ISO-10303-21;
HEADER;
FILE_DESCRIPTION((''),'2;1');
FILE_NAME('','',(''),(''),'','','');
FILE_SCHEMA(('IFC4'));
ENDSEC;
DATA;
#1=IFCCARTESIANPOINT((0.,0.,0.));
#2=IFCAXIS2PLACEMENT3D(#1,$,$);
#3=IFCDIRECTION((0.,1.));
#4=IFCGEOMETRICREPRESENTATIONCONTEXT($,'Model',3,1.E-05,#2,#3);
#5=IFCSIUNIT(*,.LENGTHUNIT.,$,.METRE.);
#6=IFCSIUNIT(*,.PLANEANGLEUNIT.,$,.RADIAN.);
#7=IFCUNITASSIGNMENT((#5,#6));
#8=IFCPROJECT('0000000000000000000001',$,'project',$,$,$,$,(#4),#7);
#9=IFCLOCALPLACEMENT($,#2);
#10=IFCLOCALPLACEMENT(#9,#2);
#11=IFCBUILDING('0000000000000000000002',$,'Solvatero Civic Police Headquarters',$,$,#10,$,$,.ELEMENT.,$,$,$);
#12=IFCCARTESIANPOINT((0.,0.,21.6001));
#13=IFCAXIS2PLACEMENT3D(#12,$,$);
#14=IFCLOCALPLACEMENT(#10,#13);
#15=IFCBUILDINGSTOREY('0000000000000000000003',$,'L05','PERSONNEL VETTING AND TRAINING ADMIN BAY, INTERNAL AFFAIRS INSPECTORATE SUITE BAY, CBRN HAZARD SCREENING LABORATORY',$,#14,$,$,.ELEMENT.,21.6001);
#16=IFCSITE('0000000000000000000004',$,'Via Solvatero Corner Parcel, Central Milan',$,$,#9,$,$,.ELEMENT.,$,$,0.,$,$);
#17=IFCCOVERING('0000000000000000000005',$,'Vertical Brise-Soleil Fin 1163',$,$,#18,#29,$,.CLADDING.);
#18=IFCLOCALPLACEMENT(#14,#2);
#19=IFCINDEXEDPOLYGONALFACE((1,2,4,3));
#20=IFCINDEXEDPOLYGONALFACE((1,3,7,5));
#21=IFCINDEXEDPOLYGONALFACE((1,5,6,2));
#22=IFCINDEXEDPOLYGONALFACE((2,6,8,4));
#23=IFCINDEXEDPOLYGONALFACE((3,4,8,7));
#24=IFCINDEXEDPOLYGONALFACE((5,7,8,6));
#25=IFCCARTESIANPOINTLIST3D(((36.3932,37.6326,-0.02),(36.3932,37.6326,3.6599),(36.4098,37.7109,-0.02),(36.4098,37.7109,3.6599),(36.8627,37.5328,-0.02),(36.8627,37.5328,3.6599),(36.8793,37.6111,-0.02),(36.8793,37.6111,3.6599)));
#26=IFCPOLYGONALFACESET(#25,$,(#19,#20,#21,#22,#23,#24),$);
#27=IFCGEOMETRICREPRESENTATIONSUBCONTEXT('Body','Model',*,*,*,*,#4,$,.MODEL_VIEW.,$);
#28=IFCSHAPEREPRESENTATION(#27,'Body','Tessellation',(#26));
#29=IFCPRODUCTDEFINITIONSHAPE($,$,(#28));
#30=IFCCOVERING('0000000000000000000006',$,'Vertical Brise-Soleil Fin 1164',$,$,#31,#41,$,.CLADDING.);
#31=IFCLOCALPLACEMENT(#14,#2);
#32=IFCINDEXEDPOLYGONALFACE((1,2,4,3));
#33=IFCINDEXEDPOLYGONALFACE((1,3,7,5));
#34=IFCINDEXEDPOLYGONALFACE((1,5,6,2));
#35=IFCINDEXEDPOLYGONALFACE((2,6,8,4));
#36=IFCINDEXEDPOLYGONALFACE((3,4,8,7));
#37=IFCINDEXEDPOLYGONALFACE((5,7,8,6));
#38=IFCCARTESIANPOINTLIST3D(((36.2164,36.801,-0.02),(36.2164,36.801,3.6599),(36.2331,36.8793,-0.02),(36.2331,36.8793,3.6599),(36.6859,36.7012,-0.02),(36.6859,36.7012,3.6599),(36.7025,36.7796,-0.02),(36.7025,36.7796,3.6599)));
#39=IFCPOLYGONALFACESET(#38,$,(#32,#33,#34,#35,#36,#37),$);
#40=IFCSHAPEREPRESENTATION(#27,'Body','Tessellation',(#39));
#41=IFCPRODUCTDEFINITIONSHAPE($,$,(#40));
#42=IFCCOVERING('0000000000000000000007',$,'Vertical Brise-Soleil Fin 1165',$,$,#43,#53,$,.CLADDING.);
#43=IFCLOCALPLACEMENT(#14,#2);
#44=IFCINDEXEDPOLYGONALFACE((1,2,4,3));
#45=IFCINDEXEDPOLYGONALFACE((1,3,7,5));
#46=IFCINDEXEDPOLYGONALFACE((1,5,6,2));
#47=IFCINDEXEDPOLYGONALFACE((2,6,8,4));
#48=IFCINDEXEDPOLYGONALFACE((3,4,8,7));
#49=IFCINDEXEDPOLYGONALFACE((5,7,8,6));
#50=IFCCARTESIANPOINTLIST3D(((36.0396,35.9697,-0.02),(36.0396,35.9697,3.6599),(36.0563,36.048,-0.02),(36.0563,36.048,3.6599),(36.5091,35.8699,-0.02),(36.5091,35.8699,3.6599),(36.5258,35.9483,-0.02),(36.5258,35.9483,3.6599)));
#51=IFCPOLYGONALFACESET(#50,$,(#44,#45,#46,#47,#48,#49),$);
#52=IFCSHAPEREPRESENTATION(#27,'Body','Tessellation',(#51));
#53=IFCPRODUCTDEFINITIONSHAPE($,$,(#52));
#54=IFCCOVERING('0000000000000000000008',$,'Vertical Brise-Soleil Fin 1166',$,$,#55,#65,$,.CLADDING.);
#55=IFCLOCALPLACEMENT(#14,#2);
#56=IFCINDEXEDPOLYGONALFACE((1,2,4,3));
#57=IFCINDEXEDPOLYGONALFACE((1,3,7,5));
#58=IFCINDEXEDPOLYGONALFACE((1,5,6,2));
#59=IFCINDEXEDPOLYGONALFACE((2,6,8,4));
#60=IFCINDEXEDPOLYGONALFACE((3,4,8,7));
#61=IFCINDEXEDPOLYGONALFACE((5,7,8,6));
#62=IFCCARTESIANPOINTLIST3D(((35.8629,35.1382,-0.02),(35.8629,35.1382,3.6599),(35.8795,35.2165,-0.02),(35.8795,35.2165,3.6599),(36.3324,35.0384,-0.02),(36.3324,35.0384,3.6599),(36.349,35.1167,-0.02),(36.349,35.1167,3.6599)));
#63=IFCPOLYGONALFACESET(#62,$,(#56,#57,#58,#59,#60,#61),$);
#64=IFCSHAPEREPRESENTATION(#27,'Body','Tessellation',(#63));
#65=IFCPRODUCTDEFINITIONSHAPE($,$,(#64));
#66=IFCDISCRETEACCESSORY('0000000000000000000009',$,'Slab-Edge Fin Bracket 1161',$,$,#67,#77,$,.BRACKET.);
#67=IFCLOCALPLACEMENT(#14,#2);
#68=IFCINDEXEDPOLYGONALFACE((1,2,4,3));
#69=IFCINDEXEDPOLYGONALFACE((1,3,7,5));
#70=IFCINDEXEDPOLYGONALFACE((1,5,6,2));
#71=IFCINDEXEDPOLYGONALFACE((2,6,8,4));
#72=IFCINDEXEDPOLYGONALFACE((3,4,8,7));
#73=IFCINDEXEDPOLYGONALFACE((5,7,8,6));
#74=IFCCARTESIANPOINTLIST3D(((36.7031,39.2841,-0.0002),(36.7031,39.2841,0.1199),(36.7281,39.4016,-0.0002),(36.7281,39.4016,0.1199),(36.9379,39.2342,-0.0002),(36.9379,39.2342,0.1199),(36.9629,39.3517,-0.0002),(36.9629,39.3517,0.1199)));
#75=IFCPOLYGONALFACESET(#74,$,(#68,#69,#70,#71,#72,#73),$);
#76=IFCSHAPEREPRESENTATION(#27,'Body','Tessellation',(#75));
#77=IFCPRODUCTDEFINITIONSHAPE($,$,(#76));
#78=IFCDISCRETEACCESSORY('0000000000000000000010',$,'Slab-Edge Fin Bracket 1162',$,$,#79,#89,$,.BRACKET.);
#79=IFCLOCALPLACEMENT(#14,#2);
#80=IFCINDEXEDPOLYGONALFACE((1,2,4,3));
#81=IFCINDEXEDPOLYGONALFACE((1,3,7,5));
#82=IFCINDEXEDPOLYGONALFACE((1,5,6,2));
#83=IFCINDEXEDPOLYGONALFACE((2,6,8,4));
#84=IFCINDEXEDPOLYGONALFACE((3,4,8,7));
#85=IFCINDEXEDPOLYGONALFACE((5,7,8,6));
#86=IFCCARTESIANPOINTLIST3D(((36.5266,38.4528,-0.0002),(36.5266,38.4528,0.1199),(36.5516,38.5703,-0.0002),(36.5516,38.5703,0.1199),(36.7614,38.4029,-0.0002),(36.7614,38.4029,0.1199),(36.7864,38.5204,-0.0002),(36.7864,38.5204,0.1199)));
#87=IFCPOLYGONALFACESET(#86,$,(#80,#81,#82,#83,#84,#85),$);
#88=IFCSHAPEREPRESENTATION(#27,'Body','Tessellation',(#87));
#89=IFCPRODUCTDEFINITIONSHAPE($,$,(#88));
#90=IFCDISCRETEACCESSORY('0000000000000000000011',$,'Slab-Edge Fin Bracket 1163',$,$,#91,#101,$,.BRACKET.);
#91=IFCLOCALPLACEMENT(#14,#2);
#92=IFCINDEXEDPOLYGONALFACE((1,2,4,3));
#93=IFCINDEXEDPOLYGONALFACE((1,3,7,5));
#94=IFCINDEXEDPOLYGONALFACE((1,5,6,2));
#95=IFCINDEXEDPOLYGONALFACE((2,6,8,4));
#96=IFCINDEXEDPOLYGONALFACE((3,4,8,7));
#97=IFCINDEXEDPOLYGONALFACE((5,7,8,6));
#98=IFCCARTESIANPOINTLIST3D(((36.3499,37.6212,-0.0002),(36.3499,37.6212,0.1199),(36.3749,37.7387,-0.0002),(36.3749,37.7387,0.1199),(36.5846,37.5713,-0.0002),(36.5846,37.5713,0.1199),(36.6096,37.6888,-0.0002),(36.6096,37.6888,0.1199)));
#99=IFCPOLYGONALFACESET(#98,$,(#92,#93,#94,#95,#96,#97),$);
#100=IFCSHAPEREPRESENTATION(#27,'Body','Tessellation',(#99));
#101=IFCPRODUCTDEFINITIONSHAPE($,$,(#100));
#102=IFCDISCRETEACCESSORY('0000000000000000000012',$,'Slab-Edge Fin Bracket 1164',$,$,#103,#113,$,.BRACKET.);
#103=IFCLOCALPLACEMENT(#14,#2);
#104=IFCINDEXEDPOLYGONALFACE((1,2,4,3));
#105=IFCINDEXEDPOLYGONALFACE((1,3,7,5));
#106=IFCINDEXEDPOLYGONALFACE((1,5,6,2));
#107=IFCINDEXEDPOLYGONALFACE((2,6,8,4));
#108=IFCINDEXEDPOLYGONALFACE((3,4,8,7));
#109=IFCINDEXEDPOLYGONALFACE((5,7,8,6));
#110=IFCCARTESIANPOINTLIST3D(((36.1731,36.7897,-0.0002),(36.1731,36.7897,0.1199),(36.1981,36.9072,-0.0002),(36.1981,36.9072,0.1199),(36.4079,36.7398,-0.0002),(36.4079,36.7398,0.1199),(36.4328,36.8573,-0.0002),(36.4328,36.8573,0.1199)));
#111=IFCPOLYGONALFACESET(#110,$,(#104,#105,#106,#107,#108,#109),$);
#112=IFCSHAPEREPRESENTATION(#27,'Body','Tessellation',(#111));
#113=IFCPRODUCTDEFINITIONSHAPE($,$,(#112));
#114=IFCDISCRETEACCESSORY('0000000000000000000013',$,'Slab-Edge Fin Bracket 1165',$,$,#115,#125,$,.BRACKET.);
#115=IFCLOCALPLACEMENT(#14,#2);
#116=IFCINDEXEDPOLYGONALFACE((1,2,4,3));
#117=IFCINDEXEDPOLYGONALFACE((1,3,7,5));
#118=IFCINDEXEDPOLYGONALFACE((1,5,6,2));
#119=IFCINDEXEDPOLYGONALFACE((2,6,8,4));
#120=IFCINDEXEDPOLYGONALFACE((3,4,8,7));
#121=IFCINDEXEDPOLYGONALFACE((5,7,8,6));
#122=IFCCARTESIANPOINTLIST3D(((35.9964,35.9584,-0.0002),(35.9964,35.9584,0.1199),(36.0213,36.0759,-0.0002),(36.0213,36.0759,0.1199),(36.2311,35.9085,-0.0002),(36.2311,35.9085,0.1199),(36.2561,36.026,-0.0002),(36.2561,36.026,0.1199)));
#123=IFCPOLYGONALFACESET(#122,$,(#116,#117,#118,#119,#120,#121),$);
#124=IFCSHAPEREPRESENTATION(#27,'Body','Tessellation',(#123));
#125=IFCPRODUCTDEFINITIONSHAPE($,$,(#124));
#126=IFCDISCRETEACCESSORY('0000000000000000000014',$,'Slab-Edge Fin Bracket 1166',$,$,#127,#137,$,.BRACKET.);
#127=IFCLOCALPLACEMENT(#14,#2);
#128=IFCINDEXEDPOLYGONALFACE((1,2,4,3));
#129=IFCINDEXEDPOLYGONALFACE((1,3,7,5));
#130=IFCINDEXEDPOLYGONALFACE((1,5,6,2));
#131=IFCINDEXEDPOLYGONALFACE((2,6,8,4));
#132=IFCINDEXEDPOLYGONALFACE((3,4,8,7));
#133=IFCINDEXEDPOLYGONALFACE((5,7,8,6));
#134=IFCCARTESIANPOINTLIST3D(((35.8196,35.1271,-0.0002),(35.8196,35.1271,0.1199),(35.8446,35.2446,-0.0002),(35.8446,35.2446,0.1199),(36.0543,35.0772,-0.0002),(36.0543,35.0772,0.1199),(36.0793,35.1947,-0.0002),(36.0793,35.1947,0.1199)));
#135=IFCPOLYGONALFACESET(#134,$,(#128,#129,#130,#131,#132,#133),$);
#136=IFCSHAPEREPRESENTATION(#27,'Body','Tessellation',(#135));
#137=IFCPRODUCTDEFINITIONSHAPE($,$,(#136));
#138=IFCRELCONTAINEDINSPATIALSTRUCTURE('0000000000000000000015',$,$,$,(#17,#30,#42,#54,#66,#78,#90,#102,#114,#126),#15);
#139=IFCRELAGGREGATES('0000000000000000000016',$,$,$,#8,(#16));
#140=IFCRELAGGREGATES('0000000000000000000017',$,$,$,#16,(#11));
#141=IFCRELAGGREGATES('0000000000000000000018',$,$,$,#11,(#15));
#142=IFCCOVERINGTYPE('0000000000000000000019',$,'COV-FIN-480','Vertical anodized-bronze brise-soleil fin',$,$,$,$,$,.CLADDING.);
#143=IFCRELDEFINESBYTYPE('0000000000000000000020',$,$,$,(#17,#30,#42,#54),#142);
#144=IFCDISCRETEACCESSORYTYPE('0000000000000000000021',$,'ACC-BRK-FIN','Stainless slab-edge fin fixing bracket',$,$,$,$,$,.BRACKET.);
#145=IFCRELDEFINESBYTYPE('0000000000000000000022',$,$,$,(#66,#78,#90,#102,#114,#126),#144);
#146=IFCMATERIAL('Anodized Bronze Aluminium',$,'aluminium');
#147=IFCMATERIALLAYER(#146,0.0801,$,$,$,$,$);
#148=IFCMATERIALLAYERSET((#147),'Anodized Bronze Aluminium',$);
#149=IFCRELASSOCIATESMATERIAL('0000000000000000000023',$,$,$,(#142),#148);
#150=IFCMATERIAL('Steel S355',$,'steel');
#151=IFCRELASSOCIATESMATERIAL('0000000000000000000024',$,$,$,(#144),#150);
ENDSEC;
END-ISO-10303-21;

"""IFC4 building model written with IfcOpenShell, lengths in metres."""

from ifc_helpers import new_model, si_unit, direction, frame, origin, origin_2d, place, context, subcontext, project, spatial, rectangle, extrude, material, layer, layer_set, type_object, element, save


model = new_model("IFC4")

# Units and contexts
model_context = context("Model", 3, precision=1e-05, world=origin(), true_north=direction((0.0, 1.0)))
body_context = subcontext(model_context, "Body", "Model", "MODEL_VIEW")
ifc_project = project(units=[si_unit("LENGTHUNIT", "METRE"), si_unit("PLANEANGLEUNIT", "RADIAN")], contexts=[model_context])

# Site, building, storey
site_placement = place(None, origin())
site = spatial("IfcSite", under=ifc_project, at=site_placement, Name="Via Solvatero Corner Parcel, Central Milan", CompositionType="ELEMENT", RefElevation=0.0)
building_placement = place(site_placement, origin())
building = spatial("IfcBuilding", under=site, at=building_placement, Name="Solvatero Civic Police Headquarters", CompositionType="ELEMENT")
storey_placement = place(building_placement, frame((0.0, 0.0, 21.6001)))
storey = spatial("IfcBuildingStorey", under=building, at=storey_placement, Name="L05", Description="PERSONNEL VETTING AND TRAINING ADMIN BAY, INTERNAL AFFAIRS INSPECTORATE SUITE BAY, CBRN HAZARD SCREENING LABORATORY", CompositionType="ELEMENT", Elevation=21.6001)

# Shared definitions
ifc_material_1 = material(Name="Steel S355", Category="steel")

# Shared definitions
ifc_material_2 = material(Name="Anodized Bronze Aluminium", Category="aluminium")

# Coverings
ifc_layer_1 = layer(ifc_material_2, 0.0801)
ifc_layer_set_1 = layer_set([ifc_layer_1], Name="Anodized Bronze Aluminium")
covering_type = type_object("IfcCoveringType", Name="COV-FIN-480", Description="Vertical anodized-bronze brise-soleil fin", PredefinedType="CLADDING", material=ifc_layer_set_1)
for number, where, z_axis, x_axis, name in (
    (1, (36.6362, 37.6218, -0.02), (0.0, 0.0, 1.0), (-0.207912, -0.978148, 0.0), "Vertical Brise-Soleil Fin 1163"),
    (2, (36.4595, 36.7903, -0.02), (0.0, 0.0, 1.0), (-0.207912, -0.978148, 0.0), "Vertical Brise-Soleil Fin 1164"),
    (3, (36.2827, 35.959, -0.02), (0.0, 0.0, 1.0), (-0.207912, -0.978148, 0.0), "Vertical Brise-Soleil Fin 1165"),
    (4, (36.106, 35.1274, -0.02), (0.0, 0.0, 1.0), (-0.207912, -0.978148, 0.0), "Vertical Brise-Soleil Fin 1166"),
):
    element("IfcCovering", number, at=place(storey_placement, frame(where, z_axis=z_axis, x_axis=x_axis)), inside=storey, type_object=covering_type, Name=name, PredefinedType="CLADDING", context=body_context, shape_type="SweptSolid", body=[
        extrude(rectangle(XDim=0.0801, YDim=0.48, at=origin_2d()), origin(), (0.0, 0.0, 1.0), 3.6799),
    ])

# Discrete accessories
discrete_accessory_type = type_object("IfcDiscreteAccessoryType", Name="ACC-BRK-FIN", Description="Stainless slab-edge fin fixing bracket", PredefinedType="BRACKET", material=ifc_material_1)
for number, where, z_axis, x_axis, name in (
    (5, (36.833, 39.3179, -0.0002), (0.0, 0.0, 1.0), (-0.207912, -0.978148, 0.0), "Slab-Edge Fin Bracket 1161"),
    (6, (36.6565, 38.4866, -0.0002), (0.0, 0.0, 1.0), (-0.207912, -0.978148, 0.0), "Slab-Edge Fin Bracket 1162"),
    (7, (36.4797, 37.655, -0.0002), (0.0, 0.0, 1.0), (-0.207912, -0.978148, 0.0), "Slab-Edge Fin Bracket 1163"),
    (8, (36.303, 36.8235, -0.0002), (0.0, 0.0, 1.0), (-0.207912, -0.978148, 0.0), "Slab-Edge Fin Bracket 1164"),
    (9, (36.1262, 35.9922, -0.0002), (0.0, 0.0, 1.0), (-0.207912, -0.978148, 0.0), "Slab-Edge Fin Bracket 1165"),
    (10, (35.9495, 35.1609, -0.0002), (0.0, 0.0, 1.0), (-0.207912, -0.978148, 0.0), "Slab-Edge Fin Bracket 1166"),
):
    element("IfcDiscreteAccessory", number, at=place(storey_placement, frame(where, z_axis=z_axis, x_axis=x_axis)), inside=storey, type_object=discrete_accessory_type, Name=name, PredefinedType="BRACKET", context=body_context, shape_type="SweptSolid", body=[
        extrude(rectangle(XDim=0.1201, YDim=0.24, at=origin_2d()), origin(), (0.0, 0.0, 1.0), 0.1201),
    ])

save(model, "model.ifc")
